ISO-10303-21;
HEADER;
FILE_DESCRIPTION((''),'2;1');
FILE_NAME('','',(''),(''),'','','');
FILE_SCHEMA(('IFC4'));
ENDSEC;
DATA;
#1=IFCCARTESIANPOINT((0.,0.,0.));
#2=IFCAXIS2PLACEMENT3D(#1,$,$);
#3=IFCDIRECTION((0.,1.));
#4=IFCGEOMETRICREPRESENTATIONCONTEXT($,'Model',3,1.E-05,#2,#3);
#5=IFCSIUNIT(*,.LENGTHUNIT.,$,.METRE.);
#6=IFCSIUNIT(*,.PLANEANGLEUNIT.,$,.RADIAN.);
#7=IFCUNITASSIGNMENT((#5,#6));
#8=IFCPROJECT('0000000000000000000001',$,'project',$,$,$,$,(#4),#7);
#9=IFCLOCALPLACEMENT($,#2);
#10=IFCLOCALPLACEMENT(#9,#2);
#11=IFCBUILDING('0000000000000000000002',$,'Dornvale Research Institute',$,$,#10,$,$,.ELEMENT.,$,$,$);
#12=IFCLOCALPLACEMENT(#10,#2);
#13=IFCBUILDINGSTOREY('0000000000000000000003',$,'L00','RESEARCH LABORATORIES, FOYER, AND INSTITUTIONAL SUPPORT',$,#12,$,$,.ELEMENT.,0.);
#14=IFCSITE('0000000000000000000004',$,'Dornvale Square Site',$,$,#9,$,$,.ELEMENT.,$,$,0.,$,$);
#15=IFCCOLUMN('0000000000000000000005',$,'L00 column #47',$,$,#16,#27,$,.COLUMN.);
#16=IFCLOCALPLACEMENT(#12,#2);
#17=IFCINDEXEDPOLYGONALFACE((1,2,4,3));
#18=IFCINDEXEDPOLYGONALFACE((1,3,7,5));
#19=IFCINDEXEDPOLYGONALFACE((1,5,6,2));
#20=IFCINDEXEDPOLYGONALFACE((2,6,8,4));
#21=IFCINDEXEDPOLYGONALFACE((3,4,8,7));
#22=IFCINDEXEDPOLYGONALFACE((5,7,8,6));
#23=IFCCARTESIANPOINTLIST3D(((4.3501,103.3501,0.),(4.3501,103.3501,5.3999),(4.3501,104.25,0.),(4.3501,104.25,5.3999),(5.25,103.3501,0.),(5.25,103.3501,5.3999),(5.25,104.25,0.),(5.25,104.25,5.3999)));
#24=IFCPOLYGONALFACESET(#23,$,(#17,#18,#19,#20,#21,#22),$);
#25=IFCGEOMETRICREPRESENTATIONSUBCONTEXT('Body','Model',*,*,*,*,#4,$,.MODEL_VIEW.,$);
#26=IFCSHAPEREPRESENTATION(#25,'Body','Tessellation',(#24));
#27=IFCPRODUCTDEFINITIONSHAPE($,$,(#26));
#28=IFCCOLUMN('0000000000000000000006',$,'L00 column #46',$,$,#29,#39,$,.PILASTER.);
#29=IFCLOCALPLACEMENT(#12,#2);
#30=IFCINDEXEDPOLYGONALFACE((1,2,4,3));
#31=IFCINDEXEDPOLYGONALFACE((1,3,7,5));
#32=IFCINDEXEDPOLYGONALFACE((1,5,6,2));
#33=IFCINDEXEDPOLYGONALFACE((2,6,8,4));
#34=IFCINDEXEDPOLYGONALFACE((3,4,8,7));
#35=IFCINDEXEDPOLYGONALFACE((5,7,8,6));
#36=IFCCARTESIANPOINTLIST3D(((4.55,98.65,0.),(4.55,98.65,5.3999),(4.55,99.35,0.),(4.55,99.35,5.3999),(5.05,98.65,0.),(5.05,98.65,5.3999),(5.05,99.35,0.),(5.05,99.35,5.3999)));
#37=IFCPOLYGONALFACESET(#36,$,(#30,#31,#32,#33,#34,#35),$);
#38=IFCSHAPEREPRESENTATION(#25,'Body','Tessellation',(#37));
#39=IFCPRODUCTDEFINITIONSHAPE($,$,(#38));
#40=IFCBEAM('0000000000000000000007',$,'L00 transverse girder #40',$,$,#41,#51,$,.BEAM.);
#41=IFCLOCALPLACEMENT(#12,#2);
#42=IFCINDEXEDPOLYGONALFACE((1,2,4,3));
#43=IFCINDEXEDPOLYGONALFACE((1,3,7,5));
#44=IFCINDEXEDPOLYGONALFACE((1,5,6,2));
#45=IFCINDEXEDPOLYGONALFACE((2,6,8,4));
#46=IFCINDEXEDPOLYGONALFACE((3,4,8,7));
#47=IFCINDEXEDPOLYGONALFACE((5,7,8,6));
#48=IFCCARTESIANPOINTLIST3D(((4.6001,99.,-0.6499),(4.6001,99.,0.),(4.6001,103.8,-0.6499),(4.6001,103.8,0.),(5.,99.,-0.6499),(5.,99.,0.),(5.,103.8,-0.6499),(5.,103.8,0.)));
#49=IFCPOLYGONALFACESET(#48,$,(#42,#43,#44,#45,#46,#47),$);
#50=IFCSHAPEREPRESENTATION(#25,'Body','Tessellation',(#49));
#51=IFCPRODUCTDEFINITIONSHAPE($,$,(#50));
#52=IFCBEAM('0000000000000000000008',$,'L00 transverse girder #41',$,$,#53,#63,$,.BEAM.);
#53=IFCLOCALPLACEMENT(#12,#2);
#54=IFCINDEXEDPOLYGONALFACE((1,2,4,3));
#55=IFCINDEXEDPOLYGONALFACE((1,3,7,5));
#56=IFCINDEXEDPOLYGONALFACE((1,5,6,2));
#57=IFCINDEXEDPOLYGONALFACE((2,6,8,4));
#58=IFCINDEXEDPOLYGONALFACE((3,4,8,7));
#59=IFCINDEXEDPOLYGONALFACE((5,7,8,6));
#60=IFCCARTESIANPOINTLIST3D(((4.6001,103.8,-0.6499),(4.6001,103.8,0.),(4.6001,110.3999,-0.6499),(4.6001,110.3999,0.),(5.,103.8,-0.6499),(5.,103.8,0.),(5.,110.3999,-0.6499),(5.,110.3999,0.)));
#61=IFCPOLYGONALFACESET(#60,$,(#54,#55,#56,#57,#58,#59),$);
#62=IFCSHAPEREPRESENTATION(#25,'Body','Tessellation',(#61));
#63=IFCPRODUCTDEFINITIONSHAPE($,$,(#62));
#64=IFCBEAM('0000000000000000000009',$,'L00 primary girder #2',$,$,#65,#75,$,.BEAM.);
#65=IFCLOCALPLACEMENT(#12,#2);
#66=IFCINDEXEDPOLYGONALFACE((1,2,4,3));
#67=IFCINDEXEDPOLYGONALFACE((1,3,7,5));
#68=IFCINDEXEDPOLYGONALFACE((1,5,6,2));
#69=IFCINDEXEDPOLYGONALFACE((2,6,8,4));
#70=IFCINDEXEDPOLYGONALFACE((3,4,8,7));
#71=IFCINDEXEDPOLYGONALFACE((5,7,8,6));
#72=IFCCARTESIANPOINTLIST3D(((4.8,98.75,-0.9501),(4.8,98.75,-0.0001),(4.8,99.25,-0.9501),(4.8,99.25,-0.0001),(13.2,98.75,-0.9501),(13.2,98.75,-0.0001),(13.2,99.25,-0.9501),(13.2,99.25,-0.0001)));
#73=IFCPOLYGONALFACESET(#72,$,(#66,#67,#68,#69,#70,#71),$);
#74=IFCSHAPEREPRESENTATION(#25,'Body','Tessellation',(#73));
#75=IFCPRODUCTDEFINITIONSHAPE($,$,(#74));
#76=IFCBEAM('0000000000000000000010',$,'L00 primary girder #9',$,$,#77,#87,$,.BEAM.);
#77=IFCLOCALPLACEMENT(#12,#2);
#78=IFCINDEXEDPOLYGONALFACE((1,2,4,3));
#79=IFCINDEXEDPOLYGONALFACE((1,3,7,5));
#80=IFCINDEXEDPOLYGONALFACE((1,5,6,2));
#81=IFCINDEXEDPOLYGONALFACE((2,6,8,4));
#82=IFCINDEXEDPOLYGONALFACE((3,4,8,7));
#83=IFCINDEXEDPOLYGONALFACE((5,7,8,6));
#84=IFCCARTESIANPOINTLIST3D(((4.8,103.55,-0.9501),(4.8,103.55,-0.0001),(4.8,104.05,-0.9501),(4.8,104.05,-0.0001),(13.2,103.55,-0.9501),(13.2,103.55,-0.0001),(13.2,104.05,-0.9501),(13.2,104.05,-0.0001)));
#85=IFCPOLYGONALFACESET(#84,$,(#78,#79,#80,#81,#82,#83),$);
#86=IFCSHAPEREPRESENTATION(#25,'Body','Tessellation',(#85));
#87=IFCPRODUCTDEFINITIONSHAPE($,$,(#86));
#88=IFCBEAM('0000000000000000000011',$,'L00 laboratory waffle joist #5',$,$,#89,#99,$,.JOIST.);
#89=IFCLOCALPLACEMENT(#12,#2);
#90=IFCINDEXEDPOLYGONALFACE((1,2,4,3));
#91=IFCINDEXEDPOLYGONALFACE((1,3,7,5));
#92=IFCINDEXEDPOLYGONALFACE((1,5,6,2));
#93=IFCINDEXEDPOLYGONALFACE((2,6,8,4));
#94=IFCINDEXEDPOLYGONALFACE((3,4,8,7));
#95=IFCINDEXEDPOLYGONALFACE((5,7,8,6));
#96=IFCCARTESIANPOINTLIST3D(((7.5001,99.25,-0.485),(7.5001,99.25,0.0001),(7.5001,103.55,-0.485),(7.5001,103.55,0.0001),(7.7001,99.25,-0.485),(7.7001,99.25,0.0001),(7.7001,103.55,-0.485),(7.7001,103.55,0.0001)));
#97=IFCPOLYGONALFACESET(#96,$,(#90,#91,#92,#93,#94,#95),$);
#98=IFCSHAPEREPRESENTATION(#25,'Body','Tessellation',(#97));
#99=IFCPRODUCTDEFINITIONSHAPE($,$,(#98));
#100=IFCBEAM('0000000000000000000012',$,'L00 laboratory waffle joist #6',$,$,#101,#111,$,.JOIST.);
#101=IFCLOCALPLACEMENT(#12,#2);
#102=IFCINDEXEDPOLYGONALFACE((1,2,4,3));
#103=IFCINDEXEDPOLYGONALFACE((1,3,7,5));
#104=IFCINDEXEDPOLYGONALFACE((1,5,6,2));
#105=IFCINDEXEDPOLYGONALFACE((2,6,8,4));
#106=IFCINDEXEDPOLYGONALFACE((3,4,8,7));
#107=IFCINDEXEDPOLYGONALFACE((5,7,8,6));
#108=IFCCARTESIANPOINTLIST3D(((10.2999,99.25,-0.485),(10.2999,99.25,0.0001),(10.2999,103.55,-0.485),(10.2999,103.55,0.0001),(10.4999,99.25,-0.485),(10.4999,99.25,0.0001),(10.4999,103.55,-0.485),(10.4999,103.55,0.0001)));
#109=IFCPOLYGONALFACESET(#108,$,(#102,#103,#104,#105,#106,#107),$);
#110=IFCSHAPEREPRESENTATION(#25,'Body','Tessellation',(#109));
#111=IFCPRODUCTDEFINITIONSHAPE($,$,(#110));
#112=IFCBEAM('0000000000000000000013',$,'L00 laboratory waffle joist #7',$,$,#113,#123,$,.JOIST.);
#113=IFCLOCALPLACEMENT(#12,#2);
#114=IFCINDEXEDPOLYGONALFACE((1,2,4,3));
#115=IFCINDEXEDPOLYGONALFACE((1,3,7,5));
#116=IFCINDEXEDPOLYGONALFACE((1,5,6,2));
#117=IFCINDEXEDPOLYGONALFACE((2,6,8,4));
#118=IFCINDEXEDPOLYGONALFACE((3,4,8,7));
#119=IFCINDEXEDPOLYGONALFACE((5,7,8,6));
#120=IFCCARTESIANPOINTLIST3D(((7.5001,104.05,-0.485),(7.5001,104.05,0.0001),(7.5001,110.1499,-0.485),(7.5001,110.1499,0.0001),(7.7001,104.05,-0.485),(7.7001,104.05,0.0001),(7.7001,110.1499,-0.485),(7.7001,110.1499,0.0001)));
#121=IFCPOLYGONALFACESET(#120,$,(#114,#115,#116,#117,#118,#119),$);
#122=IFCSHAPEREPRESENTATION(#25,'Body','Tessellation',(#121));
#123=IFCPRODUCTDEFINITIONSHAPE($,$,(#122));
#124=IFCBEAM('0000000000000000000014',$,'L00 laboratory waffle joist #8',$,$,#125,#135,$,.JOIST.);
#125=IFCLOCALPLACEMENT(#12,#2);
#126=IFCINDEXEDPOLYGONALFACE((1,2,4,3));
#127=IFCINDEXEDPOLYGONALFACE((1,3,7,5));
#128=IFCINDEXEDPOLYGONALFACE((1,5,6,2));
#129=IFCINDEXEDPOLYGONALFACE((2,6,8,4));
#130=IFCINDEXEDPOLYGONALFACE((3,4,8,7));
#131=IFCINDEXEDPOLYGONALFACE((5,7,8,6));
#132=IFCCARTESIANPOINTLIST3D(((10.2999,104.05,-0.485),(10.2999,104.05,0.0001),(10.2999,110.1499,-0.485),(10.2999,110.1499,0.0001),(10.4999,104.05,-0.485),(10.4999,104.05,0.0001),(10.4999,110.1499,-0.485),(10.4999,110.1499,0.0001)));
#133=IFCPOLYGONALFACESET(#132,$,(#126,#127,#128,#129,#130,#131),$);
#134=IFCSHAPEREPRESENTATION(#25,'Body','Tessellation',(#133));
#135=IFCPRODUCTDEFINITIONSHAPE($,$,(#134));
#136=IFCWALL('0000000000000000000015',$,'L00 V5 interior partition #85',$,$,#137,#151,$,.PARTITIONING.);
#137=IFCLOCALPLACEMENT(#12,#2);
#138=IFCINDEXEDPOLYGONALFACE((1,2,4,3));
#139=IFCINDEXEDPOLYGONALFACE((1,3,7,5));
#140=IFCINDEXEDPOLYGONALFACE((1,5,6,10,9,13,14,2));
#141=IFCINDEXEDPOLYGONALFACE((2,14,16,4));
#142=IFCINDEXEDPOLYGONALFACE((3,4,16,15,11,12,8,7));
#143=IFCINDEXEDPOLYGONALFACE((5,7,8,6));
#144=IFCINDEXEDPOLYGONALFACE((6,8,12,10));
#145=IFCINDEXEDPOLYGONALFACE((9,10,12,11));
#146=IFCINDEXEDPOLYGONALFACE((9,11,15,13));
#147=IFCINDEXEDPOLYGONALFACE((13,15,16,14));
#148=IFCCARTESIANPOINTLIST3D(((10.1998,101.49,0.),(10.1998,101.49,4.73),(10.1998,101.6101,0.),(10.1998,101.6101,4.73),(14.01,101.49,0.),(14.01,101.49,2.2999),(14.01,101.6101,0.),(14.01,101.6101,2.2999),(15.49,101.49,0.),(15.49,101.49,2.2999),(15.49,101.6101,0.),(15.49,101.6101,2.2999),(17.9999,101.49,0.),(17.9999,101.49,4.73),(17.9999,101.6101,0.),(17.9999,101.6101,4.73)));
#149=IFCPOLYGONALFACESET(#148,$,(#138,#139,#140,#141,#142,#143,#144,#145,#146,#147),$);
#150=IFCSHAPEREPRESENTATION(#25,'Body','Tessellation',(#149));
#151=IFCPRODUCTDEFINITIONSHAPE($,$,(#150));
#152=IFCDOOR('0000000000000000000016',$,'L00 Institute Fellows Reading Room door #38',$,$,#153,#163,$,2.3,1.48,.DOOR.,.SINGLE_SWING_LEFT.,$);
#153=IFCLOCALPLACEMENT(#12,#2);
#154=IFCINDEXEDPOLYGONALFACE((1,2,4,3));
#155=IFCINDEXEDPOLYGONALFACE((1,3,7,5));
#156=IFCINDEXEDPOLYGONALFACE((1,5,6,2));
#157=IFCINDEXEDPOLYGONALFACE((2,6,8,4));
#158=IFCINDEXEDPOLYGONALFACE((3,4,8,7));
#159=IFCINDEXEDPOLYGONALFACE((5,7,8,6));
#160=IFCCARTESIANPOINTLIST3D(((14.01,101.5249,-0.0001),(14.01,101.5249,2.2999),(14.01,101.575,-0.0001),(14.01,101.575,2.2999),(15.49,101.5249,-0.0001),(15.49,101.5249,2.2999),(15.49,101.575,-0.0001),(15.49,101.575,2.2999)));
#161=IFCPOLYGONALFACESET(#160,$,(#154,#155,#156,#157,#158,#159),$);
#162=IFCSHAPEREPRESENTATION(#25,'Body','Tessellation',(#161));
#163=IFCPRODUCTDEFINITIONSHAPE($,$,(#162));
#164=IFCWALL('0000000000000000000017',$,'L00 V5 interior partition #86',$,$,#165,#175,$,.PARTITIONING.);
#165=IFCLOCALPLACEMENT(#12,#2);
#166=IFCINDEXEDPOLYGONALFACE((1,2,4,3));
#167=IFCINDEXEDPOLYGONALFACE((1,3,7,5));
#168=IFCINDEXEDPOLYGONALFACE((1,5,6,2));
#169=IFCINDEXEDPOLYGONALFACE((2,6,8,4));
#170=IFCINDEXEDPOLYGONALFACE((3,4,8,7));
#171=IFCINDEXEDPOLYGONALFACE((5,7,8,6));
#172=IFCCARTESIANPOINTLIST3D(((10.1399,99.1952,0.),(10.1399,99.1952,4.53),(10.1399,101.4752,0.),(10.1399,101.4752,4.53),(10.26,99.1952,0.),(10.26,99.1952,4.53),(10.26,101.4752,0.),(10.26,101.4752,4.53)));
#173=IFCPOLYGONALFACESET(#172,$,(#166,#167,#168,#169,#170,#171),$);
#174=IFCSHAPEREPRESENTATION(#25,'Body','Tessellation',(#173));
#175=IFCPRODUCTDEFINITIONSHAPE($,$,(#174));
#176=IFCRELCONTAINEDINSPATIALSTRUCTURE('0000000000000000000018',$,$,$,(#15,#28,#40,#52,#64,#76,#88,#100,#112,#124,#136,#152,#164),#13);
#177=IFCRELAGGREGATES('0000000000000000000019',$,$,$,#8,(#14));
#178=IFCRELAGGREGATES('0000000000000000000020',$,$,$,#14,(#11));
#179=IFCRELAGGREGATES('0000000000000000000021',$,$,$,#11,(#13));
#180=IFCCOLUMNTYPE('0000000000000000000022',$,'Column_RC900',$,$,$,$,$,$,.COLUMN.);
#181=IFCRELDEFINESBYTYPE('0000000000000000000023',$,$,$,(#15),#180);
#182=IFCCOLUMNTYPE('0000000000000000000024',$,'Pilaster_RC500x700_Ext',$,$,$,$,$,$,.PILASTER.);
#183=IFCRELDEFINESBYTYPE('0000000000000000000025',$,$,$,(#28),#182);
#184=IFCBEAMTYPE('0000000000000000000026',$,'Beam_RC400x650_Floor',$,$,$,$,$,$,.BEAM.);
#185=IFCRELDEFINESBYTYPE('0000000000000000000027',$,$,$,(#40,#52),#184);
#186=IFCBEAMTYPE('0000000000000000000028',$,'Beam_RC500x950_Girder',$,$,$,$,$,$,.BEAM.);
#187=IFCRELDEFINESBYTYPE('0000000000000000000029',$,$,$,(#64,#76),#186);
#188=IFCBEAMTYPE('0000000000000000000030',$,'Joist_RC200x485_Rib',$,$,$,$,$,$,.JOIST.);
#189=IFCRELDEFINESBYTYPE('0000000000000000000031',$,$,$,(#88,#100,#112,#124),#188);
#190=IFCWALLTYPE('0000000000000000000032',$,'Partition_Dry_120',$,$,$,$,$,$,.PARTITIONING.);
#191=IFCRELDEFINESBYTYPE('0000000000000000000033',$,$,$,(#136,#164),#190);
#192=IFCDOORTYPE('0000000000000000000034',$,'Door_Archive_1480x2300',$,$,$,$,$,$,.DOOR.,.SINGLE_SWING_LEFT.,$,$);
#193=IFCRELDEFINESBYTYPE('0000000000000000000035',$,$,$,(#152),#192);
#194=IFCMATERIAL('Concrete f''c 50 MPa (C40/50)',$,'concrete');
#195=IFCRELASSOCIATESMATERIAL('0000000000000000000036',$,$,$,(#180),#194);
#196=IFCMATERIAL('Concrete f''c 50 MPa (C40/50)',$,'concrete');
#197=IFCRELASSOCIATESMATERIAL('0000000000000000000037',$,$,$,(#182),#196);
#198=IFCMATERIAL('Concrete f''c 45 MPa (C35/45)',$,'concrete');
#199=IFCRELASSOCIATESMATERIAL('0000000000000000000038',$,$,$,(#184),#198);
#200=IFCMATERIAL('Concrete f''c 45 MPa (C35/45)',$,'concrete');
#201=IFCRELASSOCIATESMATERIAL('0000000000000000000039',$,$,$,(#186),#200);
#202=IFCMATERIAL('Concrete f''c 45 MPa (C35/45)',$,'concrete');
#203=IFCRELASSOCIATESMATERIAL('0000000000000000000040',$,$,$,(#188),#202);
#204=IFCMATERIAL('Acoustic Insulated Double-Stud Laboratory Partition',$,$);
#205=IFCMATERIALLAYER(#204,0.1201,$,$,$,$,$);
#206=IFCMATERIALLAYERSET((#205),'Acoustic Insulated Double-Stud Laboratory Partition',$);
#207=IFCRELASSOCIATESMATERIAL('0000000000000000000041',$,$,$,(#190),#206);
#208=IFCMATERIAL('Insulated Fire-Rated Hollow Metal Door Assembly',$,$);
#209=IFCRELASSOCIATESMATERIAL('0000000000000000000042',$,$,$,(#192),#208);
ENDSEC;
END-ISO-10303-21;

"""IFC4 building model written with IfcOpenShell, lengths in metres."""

from ifc_helpers import new_model, si_unit, direction, frame, frame_2d, origin, origin_2d, place, context, subcontext, project, spatial, rectangle, extrude, material, layer, layer_set, material_profile, profile_set, type_object, element, fill, save


model = new_model("IFC4")

# Units and contexts
model_context = context("Model", 3, precision=1e-05, world=origin(), true_north=direction((0.0, 1.0)))
body_context = subcontext(model_context, "Body", "Model", "MODEL_VIEW")
ifc_project = project(units=[si_unit("LENGTHUNIT", "METRE"), si_unit("PLANEANGLEUNIT", "RADIAN")], contexts=[model_context])

# Site, building, storey
site_placement = place(None, origin())
site = spatial("IfcSite", under=ifc_project, at=site_placement, Name="Dornvale Square Site", CompositionType="ELEMENT", RefElevation=0.0)
building_placement = place(site_placement, origin())
building = spatial("IfcBuilding", under=site, at=building_placement, Name="Dornvale Research Institute", CompositionType="ELEMENT")
storey_placement = place(building_placement, origin())
storey = spatial("IfcBuildingStorey", under=building, at=storey_placement, Name="L00", Description="RESEARCH LABORATORIES, FOYER, AND INSTITUTIONAL SUPPORT", CompositionType="ELEMENT", Elevation=0.0)

# Columns
ifc_material_1 = material(Name="Concrete f'c 50 MPa (C40/50)", Category="concrete")
ifc_material_profile_1 = material_profile(ifc_material_1, rectangle(XDim=0.8999, YDim=0.8999, at=origin_2d()), Name="RC 900x900")
ifc_profile_set_1 = profile_set([ifc_material_profile_1], Name="Concrete f'c 50 MPa (C40/50)")
column_type_1 = type_object("IfcColumnType", Name="Column_RC900", PredefinedType="COLUMN", material=ifc_profile_set_1)
column_1_placement = place(storey_placement, frame((4.8, 103.8, 0.0), z_axis=(0.0, 0.0, 1.0), x_axis=(1.0, 0.0, 0.0)))
element("IfcColumn", 1, at=column_1_placement, inside=storey, type_object=column_type_1, Name="L00 column #47", PredefinedType="COLUMN", context=body_context, shape_type="SweptSolid", body=[
    extrude(rectangle(XDim=0.8999, YDim=0.8999, at=origin_2d()), origin(), (0.0, 0.0, 1.0), 5.3999),
])
ifc_material_2 = material(Name="Concrete f'c 50 MPa (C40/50)", Category="concrete")
ifc_material_profile_2 = material_profile(ifc_material_2, rectangle(XDim=0.5, YDim=0.7, at=origin_2d()), Name="RC 500x700")
ifc_profile_set_2 = profile_set([ifc_material_profile_2], Name="Concrete f'c 50 MPa (C40/50)")
column_type_2 = type_object("IfcColumnType", Name="Pilaster_RC500x700_Ext", PredefinedType="PILASTER", material=ifc_profile_set_2)
column_2_placement = place(storey_placement, frame((4.8, 99.0, 0.0), z_axis=(0.0, 0.0, 1.0), x_axis=(1.0, 0.0, 0.0)))
element("IfcColumn", 2, at=column_2_placement, inside=storey, type_object=column_type_2, Name="L00 column #46", PredefinedType="PILASTER", context=body_context, shape_type="SweptSolid", body=[
    extrude(rectangle(XDim=0.5, YDim=0.7, at=origin_2d()), origin(), (0.0, 0.0, 1.0), 5.3999),
])

# Beams
ifc_material_3 = material(Name="Concrete f'c 45 MPa (C35/45)", Category="concrete")
ifc_material_profile_3 = material_profile(ifc_material_3, rectangle(XDim=0.3999, YDim=0.6499, at=origin_2d()), Name="RC 400x650")
ifc_profile_set_3 = profile_set([ifc_material_profile_3], Name="Concrete f'c 45 MPa (C35/45)")
beam_type_1 = type_object("IfcBeamType", Name="Beam_RC400x650_Floor", PredefinedType="BEAM", material=ifc_profile_set_3)
beam_1_placement = place(storey_placement, frame((4.8, 99.0, -0.325), z_axis=(0.0, 1.0, 0.0), x_axis=(-1.0, 0.0, 0.0)))
element("IfcBeam", 3, at=beam_1_placement, inside=storey, type_object=beam_type_1, Name="L00 transverse girder #40", PredefinedType="BEAM", context=body_context, shape_type="SweptSolid", body=[
    extrude(rectangle(XDim=0.3999, YDim=0.6499, at=origin_2d()), origin(), (0.0, 0.0, 1.0), 4.8),
])
beam_2_placement = place(storey_placement, frame((4.8, 103.8, -0.325), z_axis=(0.0, 1.0, 0.0), x_axis=(-1.0, 0.0, 0.0)))
element("IfcBeam", 4, at=beam_2_placement, inside=storey, type_object=beam_type_1, Name="L00 transverse girder #41", PredefinedType="BEAM", context=body_context, shape_type="SweptSolid", body=[
    extrude(rectangle(XDim=0.3999, YDim=0.6499, at=origin_2d()), origin(), (0.0, 0.0, 1.0), 6.5999),
])
ifc_material_4 = material(Name="Concrete f'c 45 MPa (C35/45)", Category="concrete")
ifc_material_profile_4 = material_profile(ifc_material_4, rectangle(XDim=0.5, YDim=0.95, at=origin_2d()), Name="RC 500x950")
ifc_profile_set_4 = profile_set([ifc_material_profile_4], Name="Concrete f'c 45 MPa (C35/45)")
beam_type_2 = type_object("IfcBeamType", Name="Beam_RC500x950_Girder", PredefinedType="BEAM", material=ifc_profile_set_4)
for number, where, z_axis, x_axis, name in (
    (5, (4.8, 99.0, -0.4751), (1.0, 0.0, 0.0), (0.0, 1.0, 0.0), "L00 primary girder #2"),
    (6, (4.8, 103.8, -0.4751), (1.0, 0.0, 0.0), (0.0, 1.0, 0.0), "L00 primary girder #9"),
):
    element("IfcBeam", number, at=place(storey_placement, frame(where, z_axis=z_axis, x_axis=x_axis)), inside=storey, type_object=beam_type_2, Name=name, PredefinedType="BEAM", context=body_context, shape_type="SweptSolid", body=[
        extrude(rectangle(XDim=0.5, YDim=0.95, at=origin_2d()), origin(), (0.0, 0.0, 1.0), 8.3999),
    ])
ifc_material_5 = material(Name="Concrete f'c 45 MPa (C35/45)", Category="concrete")
ifc_material_profile_5 = material_profile(ifc_material_5, rectangle(XDim=0.2, YDim=0.4851, at=origin_2d()), Name="RC 200x485")
ifc_profile_set_5 = profile_set([ifc_material_profile_5], Name="Concrete f'c 45 MPa (C35/45)")
beam_type_3 = type_object("IfcBeamType", Name="Joist_RC200x485_Rib", PredefinedType="JOIST", material=ifc_profile_set_5)
for number, where, z_axis, x_axis, name in (
    (7, (7.6001, 99.25, -0.2424), (0.0, 1.0, 0.0), (-1.0, 0.0, 0.0), "L00 laboratory waffle joist #5"),
    (8, (10.3999, 99.25, -0.2424), (0.0, 1.0, 0.0), (-1.0, 0.0, 0.0), "L00 laboratory waffle joist #6"),
):
    element("IfcBeam", number, at=place(storey_placement, frame(where, z_axis=z_axis, x_axis=x_axis)), inside=storey, type_object=beam_type_3, Name=name, PredefinedType="JOIST", context=body_context, shape_type="SweptSolid", body=[
        extrude(rectangle(XDim=0.2, YDim=0.4851, at=origin_2d()), origin(), (0.0, 0.0, 1.0), 4.3),
    ])
for number, where, z_axis, x_axis, name in (
    (9, (7.6001, 104.05, -0.2424), (0.0, 1.0, 0.0), (-1.0, 0.0, 0.0), "L00 laboratory waffle joist #7"),
    (10, (10.3999, 104.05, -0.2424), (0.0, 1.0, 0.0), (-1.0, 0.0, 0.0), "L00 laboratory waffle joist #8"),
):
    element("IfcBeam", number, at=place(storey_placement, frame(where, z_axis=z_axis, x_axis=x_axis)), inside=storey, type_object=beam_type_3, Name=name, PredefinedType="JOIST", context=body_context, shape_type="SweptSolid", body=[
        extrude(rectangle(XDim=0.2, YDim=0.4851, at=origin_2d()), origin(), (0.0, 0.0, 1.0), 6.0999),
    ])

# Wall, opening, door
ifc_material_6 = material(Name="Acoustic Insulated Double-Stud Laboratory Partition")
ifc_layer_1 = layer(ifc_material_6, 0.1201)
ifc_layer_set_1 = layer_set([ifc_layer_1], Name="Acoustic Insulated Double-Stud Laboratory Partition")
wall_type_1 = type_object("IfcWallType", Name="Partition_Dry_120", PredefinedType="PARTITIONING", material=ifc_layer_set_1)
wall_1_placement = place(storey_placement, frame((10.2, 101.55, 0.0), z_axis=(0.0, 0.0, 1.0), x_axis=(1.0, 0.0, 0.0)))
wall_1 = element("IfcWall", 11, at=wall_1_placement, inside=storey, type_object=wall_type_1, Name="L00 V5 interior partition #85", PredefinedType="PARTITIONING", context=body_context, shape_type="SweptSolid", body=[
    extrude(rectangle(XDim=7.8, YDim=0.1201, at=frame_2d((3.8999, 0.0))), origin(), (0.0, 0.0, 1.0), 4.73),
])
opening_1_placement = place(wall_1_placement, frame((3.8101, 0.0, 0.0)))
opening_1 = element("IfcOpeningElement", 12, at=opening_1_placement, cuts=wall_1, PredefinedType="OPENING", context=body_context, shape_type="SweptSolid", body=[
    extrude(rectangle(XDim=1.48, YDim=2.3, at=frame_2d((0.74, 1.1499))), frame((0.0, 0.075, 0.0), z_axis=(0.0, -1.0, 0.0), x_axis=(1.0, 0.0, 0.0)), (0.0, 0.0, 1.0), 0.1501),
])
ifc_material_7 = material(Name="Insulated Fire-Rated Hollow Metal Door Assembly")
door_type_1 = type_object("IfcDoorType", Name="Door_Archive_1480x2300", OperationType="SINGLE_SWING_LEFT", PredefinedType="DOOR", material=ifc_material_7)
door_1_placement = place(opening_1_placement, origin())
door_1 = element("IfcDoor", 13, at=door_1_placement, inside=storey, type_object=door_type_1, Name="L00 Institute Fellows Reading Room door #38", OperationType="SINGLE_SWING_LEFT", OverallHeight=2.3, OverallWidth=1.48, PredefinedType="DOOR", context=body_context, shape_type="SweptSolid", body=[
    extrude(rectangle(XDim=1.48, YDim=2.3, at=frame_2d((0.74, 1.1499))), frame((0.0, 0.0249, 0.0), z_axis=(0.0, -1.0, 0.0), x_axis=(1.0, 0.0, 0.0)), (0.0, 0.0, 1.0), 0.05),
])
fill(opening_1, door_1)

# Wall
wall_2_placement = place(storey_placement, frame((10.2, 99.1951, 0.0), z_axis=(0.0, 0.0, 1.0), x_axis=(0.0, 1.0, 0.0)))
element("IfcWall", 14, at=wall_2_placement, inside=storey, type_object=wall_type_1, Name="L00 V5 interior partition #86", PredefinedType="PARTITIONING", context=body_context, shape_type="SweptSolid", body=[
    extrude(rectangle(XDim=2.28, YDim=0.1201, at=frame_2d((1.1401, 0.0))), origin(), (0.0, 0.0, 1.0), 4.53),
])

save(model, "model.ifc")
